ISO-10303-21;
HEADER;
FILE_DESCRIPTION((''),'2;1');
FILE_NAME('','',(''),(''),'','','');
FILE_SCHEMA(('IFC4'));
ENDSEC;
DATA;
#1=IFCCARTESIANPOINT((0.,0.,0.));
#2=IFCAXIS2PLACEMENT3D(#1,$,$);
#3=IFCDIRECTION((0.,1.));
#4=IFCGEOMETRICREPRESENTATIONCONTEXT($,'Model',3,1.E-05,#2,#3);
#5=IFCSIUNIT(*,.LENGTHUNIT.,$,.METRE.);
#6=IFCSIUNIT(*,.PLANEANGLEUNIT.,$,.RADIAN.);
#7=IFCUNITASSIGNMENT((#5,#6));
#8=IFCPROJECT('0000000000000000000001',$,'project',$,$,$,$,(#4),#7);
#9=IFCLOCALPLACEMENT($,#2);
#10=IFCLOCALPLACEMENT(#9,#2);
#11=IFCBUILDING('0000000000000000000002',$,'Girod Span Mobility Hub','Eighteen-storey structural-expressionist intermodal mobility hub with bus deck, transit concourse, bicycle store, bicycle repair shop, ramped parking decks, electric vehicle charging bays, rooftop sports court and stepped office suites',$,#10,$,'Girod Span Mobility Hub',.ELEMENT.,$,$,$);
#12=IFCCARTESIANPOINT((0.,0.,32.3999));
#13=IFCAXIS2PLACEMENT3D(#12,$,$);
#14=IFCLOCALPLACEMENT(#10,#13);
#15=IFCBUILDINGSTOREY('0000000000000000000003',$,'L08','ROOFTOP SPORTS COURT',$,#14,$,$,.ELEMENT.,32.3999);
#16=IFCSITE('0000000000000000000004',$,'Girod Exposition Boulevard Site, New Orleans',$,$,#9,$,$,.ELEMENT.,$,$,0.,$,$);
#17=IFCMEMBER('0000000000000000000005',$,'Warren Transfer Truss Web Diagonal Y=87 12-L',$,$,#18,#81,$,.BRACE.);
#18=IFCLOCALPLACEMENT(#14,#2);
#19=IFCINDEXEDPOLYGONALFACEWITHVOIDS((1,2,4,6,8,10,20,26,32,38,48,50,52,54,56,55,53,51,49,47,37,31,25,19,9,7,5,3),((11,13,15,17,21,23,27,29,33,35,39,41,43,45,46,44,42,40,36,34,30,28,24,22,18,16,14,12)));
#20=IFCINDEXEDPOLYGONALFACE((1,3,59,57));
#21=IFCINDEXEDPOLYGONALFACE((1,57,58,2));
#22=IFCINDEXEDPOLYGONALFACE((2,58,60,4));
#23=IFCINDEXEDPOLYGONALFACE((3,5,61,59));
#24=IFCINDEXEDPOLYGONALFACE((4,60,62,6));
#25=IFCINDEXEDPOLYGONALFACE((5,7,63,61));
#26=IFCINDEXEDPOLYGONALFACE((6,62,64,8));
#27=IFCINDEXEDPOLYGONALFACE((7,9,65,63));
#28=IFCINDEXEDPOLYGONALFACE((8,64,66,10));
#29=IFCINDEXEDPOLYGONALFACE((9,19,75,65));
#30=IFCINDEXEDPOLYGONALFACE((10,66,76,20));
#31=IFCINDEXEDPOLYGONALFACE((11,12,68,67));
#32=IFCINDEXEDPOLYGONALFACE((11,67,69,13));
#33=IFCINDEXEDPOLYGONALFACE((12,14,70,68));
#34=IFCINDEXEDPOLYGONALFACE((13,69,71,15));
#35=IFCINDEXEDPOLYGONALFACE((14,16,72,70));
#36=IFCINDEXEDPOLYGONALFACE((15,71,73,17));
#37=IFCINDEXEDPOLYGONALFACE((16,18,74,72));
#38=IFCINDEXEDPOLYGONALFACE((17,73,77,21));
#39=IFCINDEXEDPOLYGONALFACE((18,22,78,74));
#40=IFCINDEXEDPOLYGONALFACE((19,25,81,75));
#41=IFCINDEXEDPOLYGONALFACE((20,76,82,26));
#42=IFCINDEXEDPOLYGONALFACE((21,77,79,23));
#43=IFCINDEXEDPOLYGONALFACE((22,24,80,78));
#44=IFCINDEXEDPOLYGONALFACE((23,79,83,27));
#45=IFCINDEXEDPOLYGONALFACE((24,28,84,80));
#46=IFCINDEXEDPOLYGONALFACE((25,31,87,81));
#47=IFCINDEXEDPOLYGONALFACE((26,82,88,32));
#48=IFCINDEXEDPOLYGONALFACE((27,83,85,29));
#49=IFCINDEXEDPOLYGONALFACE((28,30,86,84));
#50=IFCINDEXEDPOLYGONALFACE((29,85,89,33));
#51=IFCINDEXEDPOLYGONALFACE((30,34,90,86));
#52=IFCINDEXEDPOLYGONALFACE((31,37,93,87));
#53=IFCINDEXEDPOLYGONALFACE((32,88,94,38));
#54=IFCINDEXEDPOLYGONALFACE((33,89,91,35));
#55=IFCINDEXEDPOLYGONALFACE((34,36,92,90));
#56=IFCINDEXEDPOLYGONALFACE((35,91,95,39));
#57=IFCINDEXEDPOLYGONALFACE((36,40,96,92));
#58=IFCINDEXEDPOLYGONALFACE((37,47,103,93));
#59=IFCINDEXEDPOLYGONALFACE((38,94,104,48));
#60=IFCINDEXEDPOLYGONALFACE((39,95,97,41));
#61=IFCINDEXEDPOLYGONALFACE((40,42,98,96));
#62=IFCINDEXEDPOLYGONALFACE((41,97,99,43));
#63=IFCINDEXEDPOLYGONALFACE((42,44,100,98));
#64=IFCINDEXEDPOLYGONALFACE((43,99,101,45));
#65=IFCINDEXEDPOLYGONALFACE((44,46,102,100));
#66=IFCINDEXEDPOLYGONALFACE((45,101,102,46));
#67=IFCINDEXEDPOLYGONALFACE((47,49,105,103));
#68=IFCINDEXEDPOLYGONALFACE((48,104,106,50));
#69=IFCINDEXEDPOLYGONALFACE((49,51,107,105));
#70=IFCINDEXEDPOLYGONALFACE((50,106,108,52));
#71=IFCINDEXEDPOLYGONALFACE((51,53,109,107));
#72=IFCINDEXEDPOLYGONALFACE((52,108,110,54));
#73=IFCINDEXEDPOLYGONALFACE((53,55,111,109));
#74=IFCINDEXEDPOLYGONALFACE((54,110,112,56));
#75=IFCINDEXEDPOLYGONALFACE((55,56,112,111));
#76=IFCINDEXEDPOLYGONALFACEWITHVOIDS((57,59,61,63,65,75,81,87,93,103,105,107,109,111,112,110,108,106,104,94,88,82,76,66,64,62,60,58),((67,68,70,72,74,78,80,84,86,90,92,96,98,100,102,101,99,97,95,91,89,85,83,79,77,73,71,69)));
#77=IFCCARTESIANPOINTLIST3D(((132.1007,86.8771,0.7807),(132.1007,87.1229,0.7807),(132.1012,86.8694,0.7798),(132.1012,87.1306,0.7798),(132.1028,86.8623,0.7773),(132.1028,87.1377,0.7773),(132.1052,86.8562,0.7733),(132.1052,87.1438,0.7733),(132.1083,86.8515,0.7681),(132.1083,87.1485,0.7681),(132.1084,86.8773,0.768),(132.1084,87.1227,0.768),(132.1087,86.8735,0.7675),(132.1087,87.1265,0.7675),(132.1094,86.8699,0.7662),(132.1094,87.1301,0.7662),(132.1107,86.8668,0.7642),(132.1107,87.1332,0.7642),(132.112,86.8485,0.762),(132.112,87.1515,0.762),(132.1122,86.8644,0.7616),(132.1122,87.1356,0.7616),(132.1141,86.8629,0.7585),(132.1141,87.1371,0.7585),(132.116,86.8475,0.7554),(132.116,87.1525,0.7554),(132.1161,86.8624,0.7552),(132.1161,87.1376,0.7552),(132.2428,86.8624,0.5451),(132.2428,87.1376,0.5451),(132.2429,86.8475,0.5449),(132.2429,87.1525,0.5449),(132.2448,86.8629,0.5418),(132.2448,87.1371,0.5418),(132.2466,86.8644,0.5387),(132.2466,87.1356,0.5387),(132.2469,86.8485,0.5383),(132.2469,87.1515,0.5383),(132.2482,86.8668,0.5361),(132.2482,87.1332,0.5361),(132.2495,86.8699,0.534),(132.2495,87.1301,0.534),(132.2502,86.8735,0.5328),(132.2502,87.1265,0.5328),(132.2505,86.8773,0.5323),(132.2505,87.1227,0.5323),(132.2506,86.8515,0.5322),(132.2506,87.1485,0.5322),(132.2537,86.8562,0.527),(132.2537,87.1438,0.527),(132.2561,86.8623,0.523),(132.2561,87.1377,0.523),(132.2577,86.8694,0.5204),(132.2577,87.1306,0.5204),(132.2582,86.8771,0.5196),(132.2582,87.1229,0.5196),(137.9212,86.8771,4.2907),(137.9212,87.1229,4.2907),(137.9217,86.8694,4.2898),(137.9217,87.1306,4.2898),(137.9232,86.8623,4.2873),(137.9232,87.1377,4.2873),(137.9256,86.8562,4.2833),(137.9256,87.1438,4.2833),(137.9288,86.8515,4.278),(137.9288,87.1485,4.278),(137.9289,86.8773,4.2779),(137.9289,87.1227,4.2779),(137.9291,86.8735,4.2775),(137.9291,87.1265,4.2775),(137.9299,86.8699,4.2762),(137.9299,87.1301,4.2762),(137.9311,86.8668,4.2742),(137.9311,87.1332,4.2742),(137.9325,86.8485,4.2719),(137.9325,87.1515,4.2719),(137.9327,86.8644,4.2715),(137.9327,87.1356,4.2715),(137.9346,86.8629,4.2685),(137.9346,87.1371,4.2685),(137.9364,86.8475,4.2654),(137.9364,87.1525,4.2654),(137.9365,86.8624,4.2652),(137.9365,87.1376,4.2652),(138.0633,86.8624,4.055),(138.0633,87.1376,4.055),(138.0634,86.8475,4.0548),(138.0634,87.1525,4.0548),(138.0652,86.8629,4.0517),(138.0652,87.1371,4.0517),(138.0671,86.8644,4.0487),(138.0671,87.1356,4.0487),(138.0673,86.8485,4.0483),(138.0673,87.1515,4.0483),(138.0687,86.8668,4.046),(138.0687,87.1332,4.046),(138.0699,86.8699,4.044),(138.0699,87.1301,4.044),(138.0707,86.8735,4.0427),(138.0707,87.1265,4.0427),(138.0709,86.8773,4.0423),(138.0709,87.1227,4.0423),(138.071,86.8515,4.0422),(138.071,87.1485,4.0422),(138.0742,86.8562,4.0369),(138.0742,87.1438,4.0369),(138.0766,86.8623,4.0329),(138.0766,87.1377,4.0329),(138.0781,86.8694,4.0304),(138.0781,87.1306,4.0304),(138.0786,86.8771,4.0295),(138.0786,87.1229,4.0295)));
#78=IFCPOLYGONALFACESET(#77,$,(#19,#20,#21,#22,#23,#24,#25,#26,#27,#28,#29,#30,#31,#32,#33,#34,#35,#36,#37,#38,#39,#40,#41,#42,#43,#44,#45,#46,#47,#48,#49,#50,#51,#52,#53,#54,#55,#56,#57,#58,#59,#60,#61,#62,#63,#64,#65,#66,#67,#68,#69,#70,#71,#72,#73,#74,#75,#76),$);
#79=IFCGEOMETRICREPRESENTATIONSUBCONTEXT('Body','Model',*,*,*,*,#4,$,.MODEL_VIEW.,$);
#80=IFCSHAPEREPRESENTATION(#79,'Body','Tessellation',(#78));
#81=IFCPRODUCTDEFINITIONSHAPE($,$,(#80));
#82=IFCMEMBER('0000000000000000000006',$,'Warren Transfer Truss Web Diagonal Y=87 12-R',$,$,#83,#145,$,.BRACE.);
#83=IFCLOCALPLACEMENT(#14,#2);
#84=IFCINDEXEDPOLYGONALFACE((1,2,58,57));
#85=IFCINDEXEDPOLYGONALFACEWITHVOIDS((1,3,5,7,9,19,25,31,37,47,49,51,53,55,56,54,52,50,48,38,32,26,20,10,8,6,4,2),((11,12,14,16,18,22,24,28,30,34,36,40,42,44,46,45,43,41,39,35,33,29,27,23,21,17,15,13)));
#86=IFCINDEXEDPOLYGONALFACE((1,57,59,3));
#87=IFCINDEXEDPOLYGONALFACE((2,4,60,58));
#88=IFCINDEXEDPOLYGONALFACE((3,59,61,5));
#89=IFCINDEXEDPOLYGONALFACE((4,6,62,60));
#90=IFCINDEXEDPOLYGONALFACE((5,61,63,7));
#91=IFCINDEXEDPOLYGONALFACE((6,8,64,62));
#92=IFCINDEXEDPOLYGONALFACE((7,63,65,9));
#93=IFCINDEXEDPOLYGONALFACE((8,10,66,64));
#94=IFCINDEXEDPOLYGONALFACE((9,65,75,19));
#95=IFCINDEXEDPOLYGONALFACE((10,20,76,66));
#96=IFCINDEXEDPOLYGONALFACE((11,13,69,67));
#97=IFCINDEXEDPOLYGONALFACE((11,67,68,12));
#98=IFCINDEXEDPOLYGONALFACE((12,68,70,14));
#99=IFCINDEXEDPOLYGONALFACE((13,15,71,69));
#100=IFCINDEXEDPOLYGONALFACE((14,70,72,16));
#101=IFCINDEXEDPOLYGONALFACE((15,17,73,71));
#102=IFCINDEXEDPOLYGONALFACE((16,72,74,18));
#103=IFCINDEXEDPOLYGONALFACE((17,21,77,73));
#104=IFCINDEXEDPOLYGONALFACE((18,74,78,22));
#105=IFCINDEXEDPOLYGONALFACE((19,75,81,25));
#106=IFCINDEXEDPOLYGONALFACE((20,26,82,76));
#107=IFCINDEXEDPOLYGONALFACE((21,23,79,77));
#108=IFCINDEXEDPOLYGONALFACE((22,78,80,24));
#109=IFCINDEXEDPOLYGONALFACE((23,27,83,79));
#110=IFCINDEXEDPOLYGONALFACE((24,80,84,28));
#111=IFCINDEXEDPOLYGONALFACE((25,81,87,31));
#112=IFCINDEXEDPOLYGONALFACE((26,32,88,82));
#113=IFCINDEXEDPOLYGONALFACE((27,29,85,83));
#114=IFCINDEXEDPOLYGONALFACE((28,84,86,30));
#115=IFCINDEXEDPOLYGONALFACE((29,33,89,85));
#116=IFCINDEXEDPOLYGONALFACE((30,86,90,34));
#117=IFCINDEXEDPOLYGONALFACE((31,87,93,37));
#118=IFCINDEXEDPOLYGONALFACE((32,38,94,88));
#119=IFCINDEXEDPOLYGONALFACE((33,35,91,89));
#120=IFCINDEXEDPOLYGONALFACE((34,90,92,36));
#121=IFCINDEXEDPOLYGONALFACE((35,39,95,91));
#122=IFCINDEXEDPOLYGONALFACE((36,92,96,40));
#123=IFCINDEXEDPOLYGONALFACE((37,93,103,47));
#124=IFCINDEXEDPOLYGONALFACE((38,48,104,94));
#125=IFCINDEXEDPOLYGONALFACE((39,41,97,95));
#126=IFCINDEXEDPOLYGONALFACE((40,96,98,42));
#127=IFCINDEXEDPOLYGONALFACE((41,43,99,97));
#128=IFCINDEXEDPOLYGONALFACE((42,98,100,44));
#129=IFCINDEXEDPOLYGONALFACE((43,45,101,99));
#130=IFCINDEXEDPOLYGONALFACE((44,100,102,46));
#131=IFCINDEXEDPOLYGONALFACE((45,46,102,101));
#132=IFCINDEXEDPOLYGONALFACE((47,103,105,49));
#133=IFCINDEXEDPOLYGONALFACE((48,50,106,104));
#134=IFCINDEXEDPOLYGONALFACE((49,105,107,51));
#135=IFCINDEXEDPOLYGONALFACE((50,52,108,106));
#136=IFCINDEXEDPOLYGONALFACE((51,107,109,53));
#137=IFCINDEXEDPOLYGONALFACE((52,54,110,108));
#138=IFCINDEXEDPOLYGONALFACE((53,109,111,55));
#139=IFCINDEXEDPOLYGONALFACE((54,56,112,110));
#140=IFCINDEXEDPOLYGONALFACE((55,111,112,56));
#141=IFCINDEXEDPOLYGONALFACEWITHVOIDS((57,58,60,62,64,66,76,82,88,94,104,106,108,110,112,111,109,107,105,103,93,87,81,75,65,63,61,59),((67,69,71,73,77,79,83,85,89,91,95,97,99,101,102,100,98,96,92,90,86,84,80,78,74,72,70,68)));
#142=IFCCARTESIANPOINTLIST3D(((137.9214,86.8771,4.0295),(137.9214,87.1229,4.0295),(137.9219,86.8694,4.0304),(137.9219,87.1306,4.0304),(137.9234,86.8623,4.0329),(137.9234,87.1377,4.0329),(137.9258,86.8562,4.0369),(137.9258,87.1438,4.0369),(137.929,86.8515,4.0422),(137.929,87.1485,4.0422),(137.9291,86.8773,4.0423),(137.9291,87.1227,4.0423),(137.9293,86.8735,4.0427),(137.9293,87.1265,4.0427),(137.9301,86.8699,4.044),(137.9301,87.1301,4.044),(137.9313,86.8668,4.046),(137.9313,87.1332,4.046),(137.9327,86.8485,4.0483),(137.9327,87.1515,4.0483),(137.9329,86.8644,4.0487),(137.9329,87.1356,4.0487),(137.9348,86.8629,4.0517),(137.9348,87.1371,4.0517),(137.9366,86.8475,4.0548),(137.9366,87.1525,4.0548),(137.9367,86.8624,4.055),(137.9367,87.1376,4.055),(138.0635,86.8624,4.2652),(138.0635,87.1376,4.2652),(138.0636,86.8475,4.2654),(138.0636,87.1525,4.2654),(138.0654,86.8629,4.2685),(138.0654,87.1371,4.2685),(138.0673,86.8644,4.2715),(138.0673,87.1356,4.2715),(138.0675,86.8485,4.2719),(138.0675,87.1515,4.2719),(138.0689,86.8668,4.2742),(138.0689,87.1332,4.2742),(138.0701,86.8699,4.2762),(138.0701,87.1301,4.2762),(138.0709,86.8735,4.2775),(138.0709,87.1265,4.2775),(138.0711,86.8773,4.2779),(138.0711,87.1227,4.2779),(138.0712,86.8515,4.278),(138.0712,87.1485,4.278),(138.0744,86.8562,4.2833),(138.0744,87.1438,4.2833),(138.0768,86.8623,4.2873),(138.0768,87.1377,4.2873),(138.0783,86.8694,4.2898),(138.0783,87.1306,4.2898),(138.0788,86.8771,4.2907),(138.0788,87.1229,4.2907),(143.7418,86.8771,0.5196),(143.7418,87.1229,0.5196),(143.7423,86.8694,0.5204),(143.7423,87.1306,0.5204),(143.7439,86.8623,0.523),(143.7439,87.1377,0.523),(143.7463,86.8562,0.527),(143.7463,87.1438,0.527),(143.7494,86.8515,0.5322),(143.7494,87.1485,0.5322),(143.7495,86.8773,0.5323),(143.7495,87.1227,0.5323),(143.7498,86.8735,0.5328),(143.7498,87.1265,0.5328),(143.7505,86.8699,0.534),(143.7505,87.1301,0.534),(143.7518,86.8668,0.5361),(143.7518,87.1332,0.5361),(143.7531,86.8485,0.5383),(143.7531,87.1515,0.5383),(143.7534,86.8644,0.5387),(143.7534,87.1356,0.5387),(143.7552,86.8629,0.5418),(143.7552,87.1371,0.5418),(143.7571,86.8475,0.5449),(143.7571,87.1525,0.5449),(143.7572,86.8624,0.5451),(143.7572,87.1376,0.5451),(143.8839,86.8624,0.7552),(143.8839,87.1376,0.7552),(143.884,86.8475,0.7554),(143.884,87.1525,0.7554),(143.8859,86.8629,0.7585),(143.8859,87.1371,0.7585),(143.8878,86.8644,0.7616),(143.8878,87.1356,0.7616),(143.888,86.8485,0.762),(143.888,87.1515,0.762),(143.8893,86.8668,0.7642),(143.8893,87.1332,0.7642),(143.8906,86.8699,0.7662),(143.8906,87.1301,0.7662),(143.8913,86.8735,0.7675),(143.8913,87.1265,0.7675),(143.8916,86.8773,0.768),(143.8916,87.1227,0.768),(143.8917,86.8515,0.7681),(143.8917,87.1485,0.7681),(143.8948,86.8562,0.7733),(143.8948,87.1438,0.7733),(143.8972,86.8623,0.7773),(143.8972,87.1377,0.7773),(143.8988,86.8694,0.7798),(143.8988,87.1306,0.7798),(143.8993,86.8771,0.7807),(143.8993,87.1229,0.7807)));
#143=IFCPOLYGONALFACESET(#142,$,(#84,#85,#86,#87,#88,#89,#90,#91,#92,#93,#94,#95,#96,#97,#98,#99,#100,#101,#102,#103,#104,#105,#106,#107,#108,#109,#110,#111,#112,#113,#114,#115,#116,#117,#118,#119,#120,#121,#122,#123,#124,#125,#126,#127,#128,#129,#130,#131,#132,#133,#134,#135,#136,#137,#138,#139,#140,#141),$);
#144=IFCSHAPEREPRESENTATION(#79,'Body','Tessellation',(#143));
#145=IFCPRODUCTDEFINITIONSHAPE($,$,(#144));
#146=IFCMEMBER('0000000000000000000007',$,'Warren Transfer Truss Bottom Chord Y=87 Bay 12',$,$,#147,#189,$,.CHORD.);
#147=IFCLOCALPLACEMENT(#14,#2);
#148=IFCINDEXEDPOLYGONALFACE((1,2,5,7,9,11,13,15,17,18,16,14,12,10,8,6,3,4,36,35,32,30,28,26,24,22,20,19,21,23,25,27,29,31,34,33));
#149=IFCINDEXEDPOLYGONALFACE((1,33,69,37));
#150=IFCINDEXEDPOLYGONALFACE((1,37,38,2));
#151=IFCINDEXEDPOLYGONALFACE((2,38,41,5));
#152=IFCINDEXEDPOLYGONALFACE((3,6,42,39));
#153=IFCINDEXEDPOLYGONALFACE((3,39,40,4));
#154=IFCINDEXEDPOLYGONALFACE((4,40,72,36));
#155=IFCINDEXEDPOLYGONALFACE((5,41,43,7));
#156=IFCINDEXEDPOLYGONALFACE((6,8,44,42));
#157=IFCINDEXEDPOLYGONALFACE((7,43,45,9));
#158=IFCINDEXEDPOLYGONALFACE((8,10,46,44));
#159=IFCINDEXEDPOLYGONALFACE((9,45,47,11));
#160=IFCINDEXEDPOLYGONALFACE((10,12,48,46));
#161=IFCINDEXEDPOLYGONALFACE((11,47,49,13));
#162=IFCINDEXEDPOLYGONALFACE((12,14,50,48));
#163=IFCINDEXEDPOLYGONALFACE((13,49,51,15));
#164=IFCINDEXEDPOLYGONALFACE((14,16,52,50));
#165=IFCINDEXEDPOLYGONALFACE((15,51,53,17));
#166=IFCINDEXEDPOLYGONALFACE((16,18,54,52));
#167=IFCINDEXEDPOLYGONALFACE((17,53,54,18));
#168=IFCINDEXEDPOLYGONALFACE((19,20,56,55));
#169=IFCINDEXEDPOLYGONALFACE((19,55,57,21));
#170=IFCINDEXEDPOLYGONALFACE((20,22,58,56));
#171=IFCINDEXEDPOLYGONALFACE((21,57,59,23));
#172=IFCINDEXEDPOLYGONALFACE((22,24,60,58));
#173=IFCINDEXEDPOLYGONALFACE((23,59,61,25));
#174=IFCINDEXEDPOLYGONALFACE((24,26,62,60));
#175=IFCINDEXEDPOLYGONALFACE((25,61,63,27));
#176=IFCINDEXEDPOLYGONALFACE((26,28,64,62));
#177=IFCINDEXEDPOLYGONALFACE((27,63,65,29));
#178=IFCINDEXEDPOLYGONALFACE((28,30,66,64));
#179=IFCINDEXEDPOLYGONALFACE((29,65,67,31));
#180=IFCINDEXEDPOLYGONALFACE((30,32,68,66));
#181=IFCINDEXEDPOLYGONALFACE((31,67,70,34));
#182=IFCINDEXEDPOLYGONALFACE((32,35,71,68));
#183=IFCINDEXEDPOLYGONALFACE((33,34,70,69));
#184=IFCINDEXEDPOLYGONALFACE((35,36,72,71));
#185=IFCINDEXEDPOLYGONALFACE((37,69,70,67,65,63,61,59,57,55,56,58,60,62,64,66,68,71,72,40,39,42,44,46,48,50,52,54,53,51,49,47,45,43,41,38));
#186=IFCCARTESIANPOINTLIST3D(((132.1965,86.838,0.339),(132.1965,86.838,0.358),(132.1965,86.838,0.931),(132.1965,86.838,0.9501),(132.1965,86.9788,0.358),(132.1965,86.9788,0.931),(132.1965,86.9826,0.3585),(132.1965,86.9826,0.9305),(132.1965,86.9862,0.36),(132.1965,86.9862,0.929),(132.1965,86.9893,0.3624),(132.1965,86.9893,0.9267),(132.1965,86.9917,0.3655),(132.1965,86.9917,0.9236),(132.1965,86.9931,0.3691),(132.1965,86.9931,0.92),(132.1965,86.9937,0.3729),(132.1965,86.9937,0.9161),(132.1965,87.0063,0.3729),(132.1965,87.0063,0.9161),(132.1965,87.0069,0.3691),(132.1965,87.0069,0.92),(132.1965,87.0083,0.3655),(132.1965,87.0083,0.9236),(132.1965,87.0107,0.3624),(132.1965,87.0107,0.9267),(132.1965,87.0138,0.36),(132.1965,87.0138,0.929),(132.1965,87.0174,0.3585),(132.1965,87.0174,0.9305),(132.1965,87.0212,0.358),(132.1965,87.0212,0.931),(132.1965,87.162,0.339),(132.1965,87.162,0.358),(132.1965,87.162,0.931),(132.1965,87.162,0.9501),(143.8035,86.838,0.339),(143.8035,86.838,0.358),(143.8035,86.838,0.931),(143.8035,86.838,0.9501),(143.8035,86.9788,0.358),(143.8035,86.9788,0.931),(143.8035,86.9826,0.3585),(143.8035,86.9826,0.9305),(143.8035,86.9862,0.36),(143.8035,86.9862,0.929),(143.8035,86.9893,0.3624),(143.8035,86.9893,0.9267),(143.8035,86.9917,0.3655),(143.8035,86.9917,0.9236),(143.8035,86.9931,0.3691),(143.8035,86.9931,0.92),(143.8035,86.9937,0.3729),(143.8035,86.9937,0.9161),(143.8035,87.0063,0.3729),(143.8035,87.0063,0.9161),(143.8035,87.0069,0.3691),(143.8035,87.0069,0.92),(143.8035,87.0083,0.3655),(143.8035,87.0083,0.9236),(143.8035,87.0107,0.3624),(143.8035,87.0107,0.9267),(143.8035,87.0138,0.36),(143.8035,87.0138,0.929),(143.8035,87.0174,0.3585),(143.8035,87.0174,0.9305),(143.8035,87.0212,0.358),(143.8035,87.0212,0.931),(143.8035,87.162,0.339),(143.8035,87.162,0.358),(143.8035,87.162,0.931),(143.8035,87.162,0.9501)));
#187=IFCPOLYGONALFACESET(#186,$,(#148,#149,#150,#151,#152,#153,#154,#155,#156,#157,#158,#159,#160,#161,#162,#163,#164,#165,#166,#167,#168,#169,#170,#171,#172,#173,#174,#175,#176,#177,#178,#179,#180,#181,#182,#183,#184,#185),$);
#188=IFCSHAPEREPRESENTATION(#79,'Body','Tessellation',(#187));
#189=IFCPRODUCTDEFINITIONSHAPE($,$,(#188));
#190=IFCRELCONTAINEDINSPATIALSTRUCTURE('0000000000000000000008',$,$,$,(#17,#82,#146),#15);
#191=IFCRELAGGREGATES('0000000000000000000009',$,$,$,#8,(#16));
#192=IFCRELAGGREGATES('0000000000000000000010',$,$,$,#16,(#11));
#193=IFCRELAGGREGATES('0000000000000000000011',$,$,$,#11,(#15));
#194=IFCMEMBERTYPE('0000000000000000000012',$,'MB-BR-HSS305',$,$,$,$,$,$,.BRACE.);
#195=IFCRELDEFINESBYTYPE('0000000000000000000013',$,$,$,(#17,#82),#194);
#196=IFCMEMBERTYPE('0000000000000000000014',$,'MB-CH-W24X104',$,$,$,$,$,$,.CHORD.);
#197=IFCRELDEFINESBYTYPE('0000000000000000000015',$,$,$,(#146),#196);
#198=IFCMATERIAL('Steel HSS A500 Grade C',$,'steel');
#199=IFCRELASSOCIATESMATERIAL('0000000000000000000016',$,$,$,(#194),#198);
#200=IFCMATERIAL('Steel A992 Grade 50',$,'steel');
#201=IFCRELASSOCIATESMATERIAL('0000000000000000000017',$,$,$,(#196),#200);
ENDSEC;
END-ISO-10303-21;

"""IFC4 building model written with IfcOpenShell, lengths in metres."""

from ifc_helpers import new_model, si_unit, direction, frame, origin, origin_2d, place, context, subcontext, project, spatial, hollow_rectangle, i_section, extrude, material, material_profile, profile_set, type_object, element, save


model = new_model("IFC4")

# Units and contexts
model_context = context("Model", 3, precision=1e-05, world=origin(), true_north=direction((0.0, 1.0)))
body_context = subcontext(model_context, "Body", "Model", "MODEL_VIEW")
ifc_project = project(units=[si_unit("LENGTHUNIT", "METRE"), si_unit("PLANEANGLEUNIT", "RADIAN")], contexts=[model_context])

# Site, building, storey
site_placement = place(None, origin())
site = spatial("IfcSite", under=ifc_project, at=site_placement, Name="Girod Exposition Boulevard Site, New Orleans", CompositionType="ELEMENT", RefElevation=0.0)
building_placement = place(site_placement, origin())
building = spatial("IfcBuilding", under=site, at=building_placement, Name="Girod Span Mobility Hub", Description="Eighteen-storey structural-expressionist intermodal mobility hub with bus deck, transit concourse, bicycle store, bicycle repair shop, ramped parking decks, electric vehicle charging bays, rooftop sports court and stepped office suites", LongName="Girod Span Mobility Hub", CompositionType="ELEMENT")
storey_placement = place(building_placement, frame((0.0, 0.0, 32.3999)))
storey = spatial("IfcBuildingStorey", under=building, at=storey_placement, Name="L08", Description="ROOFTOP SPORTS COURT", CompositionType="ELEMENT", Elevation=32.3999)

# Members
ifc_material_1 = material(Name="Steel HSS A500 Grade C", Category="steel")
ifc_material_profile_1 = material_profile(ifc_material_1, hollow_rectangle(XDim=0.3049, YDim=0.3049, WallThickness=0.0149, InnerFilletRadius=0.0149, OuterFilletRadius=0.0295, at=origin_2d()), Name="HSS305X305X16")
ifc_profile_set_1 = profile_set([ifc_material_profile_1], Name="Steel HSS A500 Grade C")
member_type_1 = type_object("IfcMemberType", Name="MB-BR-HSS305", PredefinedType="BRACE", material=ifc_profile_set_1)
for number, where, z_axis, x_axis, name in (
    (1, (132.1794, 87.0, 0.6501), (0.856344, 0.0, 0.516407), (0.0, 1.0, 0.0), "Warren Transfer Truss Web Diagonal Y=87 12-L"),
    (2, (143.8206, 87.0, 0.6501), (-0.856344, 0.0, 0.516407), (0.0, -1.0, 0.0), "Warren Transfer Truss Web Diagonal Y=87 12-R"),
):
    element("IfcMember", number, at=place(storey_placement, frame(where, z_axis=z_axis, x_axis=x_axis)), inside=storey, type_object=member_type_1, Name=name, PredefinedType="BRACE", context=body_context, shape_type="SweptSolid", body=[
        extrude(hollow_rectangle(XDim=0.3049, YDim=0.3049, WallThickness=0.0149, InnerFilletRadius=0.0149, OuterFilletRadius=0.0295, at=origin_2d()), origin(), (0.0, 0.0, 1.0), 6.7969),
    ])
ifc_material_2 = material(Name="Steel A992 Grade 50", Category="steel")
ifc_material_profile_2 = material_profile(ifc_material_2, i_section(OverallWidth=0.324, OverallDepth=0.6111, WebThickness=0.0127, FlangeThickness=0.019, FilletRadius=0.0149, at=origin_2d()), Name="W24X104")
ifc_profile_set_2 = profile_set([ifc_material_profile_2], Name="Steel A992 Grade 50")
member_type_2 = type_object("IfcMemberType", Name="MB-CH-W24X104", PredefinedType="CHORD", material=ifc_profile_set_2)
member_1_placement = place(storey_placement, frame((132.1965, 87.0, 0.6445), z_axis=(1.0, 0.0, 0.0), x_axis=(0.0, 1.0, 0.0)))
element("IfcMember", 3, at=member_1_placement, inside=storey, type_object=member_type_2, Name="Warren Transfer Truss Bottom Chord Y=87 Bay 12", PredefinedType="CHORD", context=body_context, shape_type="SweptSolid", body=[
    extrude(i_section(OverallWidth=0.324, OverallDepth=0.6111, WebThickness=0.0127, FlangeThickness=0.019, FilletRadius=0.0149, at=origin_2d()), origin(), (0.0, 0.0, 1.0), 11.6069),
])

save(model, "model.ifc")
